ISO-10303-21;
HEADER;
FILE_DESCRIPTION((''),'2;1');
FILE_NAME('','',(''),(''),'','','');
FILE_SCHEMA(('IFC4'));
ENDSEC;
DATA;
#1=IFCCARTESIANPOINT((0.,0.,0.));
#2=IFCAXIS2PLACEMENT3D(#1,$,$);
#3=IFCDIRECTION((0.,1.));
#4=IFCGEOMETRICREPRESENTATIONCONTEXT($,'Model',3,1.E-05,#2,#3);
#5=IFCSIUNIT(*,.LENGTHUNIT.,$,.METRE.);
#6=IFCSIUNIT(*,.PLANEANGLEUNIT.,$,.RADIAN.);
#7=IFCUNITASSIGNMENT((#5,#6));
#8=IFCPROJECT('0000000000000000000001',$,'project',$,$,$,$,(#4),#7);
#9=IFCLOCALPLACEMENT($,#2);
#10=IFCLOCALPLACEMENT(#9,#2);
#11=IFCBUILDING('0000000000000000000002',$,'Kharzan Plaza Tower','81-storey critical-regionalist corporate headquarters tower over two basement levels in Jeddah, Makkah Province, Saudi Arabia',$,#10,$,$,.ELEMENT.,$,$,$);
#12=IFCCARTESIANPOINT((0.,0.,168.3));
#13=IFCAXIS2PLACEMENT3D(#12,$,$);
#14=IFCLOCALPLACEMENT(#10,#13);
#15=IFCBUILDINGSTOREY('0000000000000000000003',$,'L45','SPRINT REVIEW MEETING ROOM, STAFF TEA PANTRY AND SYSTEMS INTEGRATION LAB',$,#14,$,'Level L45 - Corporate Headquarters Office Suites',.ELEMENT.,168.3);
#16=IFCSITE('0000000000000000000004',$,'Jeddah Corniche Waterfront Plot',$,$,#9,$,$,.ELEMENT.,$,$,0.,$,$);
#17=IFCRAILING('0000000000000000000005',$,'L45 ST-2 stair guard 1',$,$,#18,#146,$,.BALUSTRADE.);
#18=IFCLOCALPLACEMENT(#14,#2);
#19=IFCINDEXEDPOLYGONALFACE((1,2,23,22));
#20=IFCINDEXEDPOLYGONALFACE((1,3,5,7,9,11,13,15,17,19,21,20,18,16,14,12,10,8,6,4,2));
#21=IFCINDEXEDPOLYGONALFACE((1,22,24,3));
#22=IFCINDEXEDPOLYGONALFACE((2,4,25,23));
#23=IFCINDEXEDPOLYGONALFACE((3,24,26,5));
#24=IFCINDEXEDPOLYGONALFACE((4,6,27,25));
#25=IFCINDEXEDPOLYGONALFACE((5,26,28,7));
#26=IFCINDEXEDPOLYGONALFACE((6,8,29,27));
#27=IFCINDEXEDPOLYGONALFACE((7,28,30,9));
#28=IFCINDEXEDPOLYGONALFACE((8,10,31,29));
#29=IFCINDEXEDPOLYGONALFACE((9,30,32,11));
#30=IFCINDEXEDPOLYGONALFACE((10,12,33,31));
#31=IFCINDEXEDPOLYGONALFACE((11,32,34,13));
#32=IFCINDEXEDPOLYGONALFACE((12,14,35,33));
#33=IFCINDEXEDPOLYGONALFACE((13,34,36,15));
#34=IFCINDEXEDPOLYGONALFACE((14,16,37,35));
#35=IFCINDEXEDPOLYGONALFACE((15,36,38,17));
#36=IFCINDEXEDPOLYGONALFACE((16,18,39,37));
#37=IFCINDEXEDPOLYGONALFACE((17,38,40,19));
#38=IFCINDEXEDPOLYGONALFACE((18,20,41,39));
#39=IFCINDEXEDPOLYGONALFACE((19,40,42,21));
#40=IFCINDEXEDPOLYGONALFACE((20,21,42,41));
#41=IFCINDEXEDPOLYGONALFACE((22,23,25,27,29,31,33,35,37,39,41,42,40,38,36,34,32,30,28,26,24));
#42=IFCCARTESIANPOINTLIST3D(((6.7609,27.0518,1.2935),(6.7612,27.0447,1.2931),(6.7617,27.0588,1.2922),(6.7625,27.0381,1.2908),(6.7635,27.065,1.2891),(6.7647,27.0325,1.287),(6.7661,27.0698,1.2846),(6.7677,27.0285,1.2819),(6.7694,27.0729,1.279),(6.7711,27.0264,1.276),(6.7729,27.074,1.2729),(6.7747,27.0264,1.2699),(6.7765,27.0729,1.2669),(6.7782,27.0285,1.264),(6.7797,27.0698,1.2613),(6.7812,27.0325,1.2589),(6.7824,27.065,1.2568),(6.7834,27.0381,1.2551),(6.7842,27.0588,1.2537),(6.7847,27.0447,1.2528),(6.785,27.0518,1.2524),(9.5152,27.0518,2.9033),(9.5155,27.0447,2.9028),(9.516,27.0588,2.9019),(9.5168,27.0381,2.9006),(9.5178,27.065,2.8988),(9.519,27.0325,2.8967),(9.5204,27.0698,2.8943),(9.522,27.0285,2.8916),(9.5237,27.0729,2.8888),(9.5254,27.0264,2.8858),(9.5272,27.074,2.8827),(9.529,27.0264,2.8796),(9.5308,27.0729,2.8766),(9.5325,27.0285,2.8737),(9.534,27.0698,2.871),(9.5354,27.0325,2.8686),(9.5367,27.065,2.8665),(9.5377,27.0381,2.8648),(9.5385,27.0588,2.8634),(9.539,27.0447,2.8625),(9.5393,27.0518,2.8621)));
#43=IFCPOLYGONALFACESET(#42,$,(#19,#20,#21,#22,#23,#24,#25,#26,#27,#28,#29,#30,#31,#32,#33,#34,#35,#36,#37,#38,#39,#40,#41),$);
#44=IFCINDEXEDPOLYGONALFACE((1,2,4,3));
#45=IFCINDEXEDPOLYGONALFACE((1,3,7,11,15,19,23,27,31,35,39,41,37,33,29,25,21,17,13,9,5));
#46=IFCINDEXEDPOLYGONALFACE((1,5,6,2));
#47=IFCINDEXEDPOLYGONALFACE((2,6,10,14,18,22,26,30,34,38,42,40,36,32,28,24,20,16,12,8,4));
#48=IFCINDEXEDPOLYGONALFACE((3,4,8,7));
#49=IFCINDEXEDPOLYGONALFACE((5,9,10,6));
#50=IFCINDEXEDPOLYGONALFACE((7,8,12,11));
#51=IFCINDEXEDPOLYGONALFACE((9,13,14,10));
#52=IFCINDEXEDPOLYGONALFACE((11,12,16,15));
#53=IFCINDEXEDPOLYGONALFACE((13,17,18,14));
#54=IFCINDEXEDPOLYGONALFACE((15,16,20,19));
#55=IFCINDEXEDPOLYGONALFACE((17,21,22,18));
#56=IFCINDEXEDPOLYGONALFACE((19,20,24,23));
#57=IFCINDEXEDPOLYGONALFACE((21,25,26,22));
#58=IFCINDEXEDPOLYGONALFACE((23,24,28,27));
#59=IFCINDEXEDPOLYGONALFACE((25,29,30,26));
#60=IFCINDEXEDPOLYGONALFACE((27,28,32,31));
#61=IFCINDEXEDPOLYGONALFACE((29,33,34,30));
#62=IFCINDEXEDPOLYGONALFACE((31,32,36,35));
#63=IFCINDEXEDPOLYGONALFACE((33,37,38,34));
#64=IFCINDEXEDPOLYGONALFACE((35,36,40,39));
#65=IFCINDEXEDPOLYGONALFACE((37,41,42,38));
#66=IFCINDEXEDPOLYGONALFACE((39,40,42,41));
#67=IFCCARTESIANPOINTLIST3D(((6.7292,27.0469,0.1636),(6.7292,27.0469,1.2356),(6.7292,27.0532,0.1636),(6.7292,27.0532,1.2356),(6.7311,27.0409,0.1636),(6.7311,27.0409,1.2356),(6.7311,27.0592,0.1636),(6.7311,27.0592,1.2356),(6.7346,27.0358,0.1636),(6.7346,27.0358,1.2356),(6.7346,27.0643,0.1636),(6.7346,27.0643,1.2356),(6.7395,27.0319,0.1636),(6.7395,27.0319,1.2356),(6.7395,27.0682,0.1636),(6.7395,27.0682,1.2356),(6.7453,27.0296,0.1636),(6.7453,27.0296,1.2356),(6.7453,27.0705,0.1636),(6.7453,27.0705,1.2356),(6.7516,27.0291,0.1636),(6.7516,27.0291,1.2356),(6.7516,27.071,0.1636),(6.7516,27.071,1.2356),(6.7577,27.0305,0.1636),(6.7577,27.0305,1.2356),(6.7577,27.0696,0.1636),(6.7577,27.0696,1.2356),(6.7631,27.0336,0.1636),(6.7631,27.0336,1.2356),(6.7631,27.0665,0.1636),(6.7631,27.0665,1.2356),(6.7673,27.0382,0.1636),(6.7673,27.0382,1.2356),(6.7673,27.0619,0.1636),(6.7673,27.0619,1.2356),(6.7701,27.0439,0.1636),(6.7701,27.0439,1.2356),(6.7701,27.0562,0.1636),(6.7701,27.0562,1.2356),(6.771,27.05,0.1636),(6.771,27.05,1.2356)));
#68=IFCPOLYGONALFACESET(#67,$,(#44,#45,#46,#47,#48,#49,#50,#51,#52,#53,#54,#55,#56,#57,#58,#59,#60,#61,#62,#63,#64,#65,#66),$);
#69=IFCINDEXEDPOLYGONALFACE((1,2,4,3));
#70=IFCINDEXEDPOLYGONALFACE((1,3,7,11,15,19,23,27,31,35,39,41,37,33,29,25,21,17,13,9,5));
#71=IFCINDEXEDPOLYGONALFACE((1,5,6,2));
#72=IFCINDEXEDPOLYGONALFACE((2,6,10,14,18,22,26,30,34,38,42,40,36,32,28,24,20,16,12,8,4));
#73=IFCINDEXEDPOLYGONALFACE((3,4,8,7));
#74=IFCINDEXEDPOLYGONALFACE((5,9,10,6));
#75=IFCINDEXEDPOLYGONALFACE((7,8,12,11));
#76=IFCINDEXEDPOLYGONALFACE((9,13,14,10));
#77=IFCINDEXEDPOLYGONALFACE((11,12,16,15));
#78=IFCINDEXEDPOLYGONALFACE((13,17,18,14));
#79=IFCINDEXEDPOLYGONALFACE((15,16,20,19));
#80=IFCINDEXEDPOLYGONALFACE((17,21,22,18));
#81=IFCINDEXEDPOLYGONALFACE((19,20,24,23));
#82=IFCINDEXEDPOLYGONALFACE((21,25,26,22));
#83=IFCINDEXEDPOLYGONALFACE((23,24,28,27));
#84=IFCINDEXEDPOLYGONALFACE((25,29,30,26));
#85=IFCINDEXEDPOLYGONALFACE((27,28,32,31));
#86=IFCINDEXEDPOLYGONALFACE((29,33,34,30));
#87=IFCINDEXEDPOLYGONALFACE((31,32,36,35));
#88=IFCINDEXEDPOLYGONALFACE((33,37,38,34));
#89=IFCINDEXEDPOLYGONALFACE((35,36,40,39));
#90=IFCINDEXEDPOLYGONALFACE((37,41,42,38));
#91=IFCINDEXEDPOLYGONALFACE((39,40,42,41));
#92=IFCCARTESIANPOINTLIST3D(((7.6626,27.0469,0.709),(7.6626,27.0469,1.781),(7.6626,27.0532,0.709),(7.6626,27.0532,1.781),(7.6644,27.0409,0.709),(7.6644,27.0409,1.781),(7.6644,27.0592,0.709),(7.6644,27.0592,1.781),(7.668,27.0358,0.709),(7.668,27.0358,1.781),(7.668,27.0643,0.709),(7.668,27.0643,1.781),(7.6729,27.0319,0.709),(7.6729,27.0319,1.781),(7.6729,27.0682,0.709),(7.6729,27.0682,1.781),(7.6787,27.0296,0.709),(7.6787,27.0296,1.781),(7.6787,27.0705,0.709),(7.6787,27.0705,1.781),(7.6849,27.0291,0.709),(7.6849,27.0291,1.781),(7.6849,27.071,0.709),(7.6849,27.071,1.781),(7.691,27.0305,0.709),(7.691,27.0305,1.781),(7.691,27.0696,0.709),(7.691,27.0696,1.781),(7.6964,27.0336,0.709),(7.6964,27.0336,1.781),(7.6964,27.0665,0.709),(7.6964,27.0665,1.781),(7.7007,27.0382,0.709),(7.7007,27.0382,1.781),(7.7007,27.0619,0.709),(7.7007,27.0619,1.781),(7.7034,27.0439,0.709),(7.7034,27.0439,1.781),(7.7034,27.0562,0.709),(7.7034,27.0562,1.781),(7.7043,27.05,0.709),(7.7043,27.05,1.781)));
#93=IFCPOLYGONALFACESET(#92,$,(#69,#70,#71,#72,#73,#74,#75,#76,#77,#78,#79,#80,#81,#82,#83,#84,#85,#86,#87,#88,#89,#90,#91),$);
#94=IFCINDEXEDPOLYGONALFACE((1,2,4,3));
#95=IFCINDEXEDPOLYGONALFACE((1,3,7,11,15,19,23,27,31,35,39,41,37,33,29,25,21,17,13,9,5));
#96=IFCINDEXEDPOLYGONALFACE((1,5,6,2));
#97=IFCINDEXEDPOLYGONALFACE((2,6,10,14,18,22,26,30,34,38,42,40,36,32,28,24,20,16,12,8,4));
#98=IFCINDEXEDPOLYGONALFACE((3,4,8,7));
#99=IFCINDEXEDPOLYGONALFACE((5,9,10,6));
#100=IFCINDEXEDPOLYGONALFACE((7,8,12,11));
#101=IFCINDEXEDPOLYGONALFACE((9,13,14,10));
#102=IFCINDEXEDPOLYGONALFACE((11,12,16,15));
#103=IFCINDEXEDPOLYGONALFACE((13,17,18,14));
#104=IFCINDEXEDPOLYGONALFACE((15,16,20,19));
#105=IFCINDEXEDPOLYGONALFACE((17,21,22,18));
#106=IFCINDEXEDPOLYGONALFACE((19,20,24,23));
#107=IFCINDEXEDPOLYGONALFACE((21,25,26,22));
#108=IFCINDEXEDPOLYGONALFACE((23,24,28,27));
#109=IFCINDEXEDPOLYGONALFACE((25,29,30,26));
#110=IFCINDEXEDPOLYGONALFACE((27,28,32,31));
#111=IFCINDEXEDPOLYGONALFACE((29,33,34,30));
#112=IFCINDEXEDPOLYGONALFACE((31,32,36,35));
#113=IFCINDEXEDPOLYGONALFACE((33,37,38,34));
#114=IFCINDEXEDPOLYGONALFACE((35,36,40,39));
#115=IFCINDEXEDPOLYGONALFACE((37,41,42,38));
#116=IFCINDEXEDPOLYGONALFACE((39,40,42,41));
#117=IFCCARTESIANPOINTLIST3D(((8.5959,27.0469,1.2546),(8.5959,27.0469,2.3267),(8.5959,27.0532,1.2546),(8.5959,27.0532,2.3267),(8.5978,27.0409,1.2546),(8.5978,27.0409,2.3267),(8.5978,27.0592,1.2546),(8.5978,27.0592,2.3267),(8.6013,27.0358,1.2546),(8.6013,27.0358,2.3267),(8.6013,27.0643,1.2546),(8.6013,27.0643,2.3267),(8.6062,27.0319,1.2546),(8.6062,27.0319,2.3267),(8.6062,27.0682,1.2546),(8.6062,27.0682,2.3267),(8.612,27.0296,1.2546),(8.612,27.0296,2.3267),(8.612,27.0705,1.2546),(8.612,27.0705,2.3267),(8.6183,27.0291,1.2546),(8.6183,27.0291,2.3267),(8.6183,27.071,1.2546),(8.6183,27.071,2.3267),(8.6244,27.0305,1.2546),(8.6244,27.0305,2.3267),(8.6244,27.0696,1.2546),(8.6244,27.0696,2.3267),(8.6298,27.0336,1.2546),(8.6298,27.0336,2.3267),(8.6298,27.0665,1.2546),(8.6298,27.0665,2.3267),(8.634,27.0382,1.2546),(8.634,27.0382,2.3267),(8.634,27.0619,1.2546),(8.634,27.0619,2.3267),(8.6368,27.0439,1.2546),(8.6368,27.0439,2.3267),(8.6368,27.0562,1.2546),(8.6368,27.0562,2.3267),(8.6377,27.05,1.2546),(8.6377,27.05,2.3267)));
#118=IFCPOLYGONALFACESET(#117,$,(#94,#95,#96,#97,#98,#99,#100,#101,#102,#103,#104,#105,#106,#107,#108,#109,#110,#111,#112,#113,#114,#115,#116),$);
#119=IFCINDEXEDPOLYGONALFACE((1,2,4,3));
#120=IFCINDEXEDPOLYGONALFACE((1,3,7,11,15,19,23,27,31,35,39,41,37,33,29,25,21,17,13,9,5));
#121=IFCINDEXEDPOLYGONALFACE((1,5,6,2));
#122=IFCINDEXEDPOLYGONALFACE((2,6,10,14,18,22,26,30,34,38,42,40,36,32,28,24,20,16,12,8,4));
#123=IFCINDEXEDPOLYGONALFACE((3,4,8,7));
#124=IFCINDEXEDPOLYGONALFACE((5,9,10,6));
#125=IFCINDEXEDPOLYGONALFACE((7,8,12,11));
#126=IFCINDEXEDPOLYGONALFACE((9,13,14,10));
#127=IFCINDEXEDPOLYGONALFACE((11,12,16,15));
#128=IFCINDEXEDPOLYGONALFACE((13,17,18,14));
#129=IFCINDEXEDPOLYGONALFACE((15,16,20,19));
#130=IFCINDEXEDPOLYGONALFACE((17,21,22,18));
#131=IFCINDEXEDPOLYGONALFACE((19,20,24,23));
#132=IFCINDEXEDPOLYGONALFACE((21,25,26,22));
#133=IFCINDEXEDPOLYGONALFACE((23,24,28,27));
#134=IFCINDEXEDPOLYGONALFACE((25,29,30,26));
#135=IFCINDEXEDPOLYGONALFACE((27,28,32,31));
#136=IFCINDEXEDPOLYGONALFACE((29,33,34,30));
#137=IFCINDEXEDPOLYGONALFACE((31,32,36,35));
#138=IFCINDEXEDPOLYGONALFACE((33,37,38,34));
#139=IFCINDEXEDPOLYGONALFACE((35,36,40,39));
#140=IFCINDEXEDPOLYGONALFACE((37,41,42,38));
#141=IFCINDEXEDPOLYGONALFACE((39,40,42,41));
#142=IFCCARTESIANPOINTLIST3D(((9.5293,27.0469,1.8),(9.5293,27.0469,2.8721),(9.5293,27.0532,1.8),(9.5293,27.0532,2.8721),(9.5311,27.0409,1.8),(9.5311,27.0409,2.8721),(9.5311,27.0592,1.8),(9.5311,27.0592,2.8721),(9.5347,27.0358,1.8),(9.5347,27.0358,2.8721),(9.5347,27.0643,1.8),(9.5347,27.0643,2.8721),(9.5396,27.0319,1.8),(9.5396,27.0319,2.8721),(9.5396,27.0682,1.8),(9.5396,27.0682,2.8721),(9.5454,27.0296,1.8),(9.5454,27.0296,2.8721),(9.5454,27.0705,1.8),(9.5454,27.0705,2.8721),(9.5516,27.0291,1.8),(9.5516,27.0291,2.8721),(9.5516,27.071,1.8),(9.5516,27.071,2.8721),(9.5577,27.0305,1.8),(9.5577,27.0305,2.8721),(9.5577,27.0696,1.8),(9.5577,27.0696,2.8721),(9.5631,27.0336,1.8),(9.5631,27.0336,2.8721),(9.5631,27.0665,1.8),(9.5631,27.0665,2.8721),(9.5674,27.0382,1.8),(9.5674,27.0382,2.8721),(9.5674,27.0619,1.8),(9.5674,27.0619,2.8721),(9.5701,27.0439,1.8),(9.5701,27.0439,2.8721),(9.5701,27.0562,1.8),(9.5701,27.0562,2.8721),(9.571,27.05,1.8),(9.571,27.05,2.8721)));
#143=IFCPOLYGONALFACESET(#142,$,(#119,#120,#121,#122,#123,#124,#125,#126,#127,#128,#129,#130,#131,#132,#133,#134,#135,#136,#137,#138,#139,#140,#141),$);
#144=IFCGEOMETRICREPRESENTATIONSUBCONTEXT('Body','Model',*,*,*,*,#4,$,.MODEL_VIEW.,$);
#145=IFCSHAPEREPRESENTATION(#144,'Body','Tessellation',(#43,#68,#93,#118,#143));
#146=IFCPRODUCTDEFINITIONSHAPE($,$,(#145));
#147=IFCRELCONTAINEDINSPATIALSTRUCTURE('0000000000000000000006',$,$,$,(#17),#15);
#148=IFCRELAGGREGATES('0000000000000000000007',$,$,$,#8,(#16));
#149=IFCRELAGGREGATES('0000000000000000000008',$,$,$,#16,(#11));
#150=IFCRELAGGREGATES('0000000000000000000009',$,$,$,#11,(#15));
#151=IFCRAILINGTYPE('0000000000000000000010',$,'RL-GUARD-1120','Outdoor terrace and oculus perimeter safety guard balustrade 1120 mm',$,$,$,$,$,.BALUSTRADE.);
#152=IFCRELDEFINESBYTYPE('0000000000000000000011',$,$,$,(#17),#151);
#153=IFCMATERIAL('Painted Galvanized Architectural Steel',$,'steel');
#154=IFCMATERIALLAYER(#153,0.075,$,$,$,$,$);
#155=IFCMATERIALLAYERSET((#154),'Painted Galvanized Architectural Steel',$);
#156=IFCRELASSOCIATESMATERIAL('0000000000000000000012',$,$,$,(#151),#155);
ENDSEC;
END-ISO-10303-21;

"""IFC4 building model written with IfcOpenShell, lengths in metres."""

from ifc_helpers import new_model, si_unit, direction, frame, origin, origin_2d, place, context, subcontext, project, spatial, circle, extrude, source, transform, mapped, material, layer, layer_set, type_object, element, save


model = new_model("IFC4")

# Units and contexts
model_context = context("Model", 3, precision=1e-05, world=origin(), true_north=direction((0.0, 1.0)))
body_context = subcontext(model_context, "Body", "Model", "MODEL_VIEW")
ifc_project = project(units=[si_unit("LENGTHUNIT", "METRE"), si_unit("PLANEANGLEUNIT", "RADIAN")], contexts=[model_context])

# Site, building, storey
site_placement = place(None, origin())
site = spatial("IfcSite", under=ifc_project, at=site_placement, Name="Jeddah Corniche Waterfront Plot", CompositionType="ELEMENT", RefElevation=0.0)
building_placement = place(site_placement, origin())
building = spatial("IfcBuilding", under=site, at=building_placement, Name="Kharzan Plaza Tower", Description="81-storey critical-regionalist corporate headquarters tower over two basement levels in Jeddah, Makkah Province, Saudi Arabia", CompositionType="ELEMENT")
storey_placement = place(building_placement, frame((0.0, 0.0, 168.3)))
storey = spatial("IfcBuildingStorey", under=building, at=storey_placement, Name="L45", Description="SPRINT REVIEW MEETING ROOM, STAFF TEA PANTRY AND SYSTEMS INTEGRATION LAB", LongName="Level L45 - Corporate Headquarters Office Suites", CompositionType="ELEMENT", Elevation=168.3)

# Railing
ifc_material_1 = material(Name="Painted Galvanized Architectural Steel", Category="steel")
ifc_layer_1 = layer(ifc_material_1, 0.075)
ifc_layer_set_1 = layer_set([ifc_layer_1], Name="Painted Galvanized Architectural Steel")
railing_type_1 = type_object("IfcRailingType", Name="RL-GUARD-1120", Description="Outdoor terrace and oculus perimeter safety guard balustrade 1120 mm", PredefinedType="BALUSTRADE", material=ifc_layer_set_1)
shared_shape_1 = source(origin(), body_context, "Body", "SweptSolid", [
    extrude(circle(Radius=0.0239, at=origin_2d()), frame((0.0229, 0.0, 1.1094), z_axis=(0.863361, 0.0, 0.504587), x_axis=(0.0, 1.0, 0.0)), (0.0, 0.0, 1.0), 3.1902),
    extrude(circle(Radius=0.021, at=origin_2d()), origin(), (0.0, 0.0, 1.0), 1.072),
    extrude(circle(Radius=0.021, at=origin_2d()), frame((0.9333, 0.0, 0.5454)), (0.0, 0.0, 1.0), 1.072),
    extrude(circle(Radius=0.021, at=origin_2d()), frame((1.8667, 0.0, 1.0911)), (0.0, 0.0, 1.0), 1.072),
    extrude(circle(Radius=0.021, at=origin_2d()), frame((2.8, 0.0, 1.6365)), (0.0, 0.0, 1.0), 1.072),
])
railing_1_placement = place(storey_placement, frame((6.75, 27.05, 0.1636)))
element("IfcRailing", 1, at=railing_1_placement, inside=storey, type_object=railing_type_1, Name="L45 ST-2 stair guard 1", PredefinedType="BALUSTRADE", context=body_context, shape_type="MappedRepresentation", body=[
    mapped(shared_shape_1, transform((0.0, 0.0, 0.0), x_axis=(1.0, 0.0, 0.0), y_axis=(0.0, 1.0, 0.0), z_axis=(0.0, 0.0, 1.0))),
])

save(model, "model.ifc")
